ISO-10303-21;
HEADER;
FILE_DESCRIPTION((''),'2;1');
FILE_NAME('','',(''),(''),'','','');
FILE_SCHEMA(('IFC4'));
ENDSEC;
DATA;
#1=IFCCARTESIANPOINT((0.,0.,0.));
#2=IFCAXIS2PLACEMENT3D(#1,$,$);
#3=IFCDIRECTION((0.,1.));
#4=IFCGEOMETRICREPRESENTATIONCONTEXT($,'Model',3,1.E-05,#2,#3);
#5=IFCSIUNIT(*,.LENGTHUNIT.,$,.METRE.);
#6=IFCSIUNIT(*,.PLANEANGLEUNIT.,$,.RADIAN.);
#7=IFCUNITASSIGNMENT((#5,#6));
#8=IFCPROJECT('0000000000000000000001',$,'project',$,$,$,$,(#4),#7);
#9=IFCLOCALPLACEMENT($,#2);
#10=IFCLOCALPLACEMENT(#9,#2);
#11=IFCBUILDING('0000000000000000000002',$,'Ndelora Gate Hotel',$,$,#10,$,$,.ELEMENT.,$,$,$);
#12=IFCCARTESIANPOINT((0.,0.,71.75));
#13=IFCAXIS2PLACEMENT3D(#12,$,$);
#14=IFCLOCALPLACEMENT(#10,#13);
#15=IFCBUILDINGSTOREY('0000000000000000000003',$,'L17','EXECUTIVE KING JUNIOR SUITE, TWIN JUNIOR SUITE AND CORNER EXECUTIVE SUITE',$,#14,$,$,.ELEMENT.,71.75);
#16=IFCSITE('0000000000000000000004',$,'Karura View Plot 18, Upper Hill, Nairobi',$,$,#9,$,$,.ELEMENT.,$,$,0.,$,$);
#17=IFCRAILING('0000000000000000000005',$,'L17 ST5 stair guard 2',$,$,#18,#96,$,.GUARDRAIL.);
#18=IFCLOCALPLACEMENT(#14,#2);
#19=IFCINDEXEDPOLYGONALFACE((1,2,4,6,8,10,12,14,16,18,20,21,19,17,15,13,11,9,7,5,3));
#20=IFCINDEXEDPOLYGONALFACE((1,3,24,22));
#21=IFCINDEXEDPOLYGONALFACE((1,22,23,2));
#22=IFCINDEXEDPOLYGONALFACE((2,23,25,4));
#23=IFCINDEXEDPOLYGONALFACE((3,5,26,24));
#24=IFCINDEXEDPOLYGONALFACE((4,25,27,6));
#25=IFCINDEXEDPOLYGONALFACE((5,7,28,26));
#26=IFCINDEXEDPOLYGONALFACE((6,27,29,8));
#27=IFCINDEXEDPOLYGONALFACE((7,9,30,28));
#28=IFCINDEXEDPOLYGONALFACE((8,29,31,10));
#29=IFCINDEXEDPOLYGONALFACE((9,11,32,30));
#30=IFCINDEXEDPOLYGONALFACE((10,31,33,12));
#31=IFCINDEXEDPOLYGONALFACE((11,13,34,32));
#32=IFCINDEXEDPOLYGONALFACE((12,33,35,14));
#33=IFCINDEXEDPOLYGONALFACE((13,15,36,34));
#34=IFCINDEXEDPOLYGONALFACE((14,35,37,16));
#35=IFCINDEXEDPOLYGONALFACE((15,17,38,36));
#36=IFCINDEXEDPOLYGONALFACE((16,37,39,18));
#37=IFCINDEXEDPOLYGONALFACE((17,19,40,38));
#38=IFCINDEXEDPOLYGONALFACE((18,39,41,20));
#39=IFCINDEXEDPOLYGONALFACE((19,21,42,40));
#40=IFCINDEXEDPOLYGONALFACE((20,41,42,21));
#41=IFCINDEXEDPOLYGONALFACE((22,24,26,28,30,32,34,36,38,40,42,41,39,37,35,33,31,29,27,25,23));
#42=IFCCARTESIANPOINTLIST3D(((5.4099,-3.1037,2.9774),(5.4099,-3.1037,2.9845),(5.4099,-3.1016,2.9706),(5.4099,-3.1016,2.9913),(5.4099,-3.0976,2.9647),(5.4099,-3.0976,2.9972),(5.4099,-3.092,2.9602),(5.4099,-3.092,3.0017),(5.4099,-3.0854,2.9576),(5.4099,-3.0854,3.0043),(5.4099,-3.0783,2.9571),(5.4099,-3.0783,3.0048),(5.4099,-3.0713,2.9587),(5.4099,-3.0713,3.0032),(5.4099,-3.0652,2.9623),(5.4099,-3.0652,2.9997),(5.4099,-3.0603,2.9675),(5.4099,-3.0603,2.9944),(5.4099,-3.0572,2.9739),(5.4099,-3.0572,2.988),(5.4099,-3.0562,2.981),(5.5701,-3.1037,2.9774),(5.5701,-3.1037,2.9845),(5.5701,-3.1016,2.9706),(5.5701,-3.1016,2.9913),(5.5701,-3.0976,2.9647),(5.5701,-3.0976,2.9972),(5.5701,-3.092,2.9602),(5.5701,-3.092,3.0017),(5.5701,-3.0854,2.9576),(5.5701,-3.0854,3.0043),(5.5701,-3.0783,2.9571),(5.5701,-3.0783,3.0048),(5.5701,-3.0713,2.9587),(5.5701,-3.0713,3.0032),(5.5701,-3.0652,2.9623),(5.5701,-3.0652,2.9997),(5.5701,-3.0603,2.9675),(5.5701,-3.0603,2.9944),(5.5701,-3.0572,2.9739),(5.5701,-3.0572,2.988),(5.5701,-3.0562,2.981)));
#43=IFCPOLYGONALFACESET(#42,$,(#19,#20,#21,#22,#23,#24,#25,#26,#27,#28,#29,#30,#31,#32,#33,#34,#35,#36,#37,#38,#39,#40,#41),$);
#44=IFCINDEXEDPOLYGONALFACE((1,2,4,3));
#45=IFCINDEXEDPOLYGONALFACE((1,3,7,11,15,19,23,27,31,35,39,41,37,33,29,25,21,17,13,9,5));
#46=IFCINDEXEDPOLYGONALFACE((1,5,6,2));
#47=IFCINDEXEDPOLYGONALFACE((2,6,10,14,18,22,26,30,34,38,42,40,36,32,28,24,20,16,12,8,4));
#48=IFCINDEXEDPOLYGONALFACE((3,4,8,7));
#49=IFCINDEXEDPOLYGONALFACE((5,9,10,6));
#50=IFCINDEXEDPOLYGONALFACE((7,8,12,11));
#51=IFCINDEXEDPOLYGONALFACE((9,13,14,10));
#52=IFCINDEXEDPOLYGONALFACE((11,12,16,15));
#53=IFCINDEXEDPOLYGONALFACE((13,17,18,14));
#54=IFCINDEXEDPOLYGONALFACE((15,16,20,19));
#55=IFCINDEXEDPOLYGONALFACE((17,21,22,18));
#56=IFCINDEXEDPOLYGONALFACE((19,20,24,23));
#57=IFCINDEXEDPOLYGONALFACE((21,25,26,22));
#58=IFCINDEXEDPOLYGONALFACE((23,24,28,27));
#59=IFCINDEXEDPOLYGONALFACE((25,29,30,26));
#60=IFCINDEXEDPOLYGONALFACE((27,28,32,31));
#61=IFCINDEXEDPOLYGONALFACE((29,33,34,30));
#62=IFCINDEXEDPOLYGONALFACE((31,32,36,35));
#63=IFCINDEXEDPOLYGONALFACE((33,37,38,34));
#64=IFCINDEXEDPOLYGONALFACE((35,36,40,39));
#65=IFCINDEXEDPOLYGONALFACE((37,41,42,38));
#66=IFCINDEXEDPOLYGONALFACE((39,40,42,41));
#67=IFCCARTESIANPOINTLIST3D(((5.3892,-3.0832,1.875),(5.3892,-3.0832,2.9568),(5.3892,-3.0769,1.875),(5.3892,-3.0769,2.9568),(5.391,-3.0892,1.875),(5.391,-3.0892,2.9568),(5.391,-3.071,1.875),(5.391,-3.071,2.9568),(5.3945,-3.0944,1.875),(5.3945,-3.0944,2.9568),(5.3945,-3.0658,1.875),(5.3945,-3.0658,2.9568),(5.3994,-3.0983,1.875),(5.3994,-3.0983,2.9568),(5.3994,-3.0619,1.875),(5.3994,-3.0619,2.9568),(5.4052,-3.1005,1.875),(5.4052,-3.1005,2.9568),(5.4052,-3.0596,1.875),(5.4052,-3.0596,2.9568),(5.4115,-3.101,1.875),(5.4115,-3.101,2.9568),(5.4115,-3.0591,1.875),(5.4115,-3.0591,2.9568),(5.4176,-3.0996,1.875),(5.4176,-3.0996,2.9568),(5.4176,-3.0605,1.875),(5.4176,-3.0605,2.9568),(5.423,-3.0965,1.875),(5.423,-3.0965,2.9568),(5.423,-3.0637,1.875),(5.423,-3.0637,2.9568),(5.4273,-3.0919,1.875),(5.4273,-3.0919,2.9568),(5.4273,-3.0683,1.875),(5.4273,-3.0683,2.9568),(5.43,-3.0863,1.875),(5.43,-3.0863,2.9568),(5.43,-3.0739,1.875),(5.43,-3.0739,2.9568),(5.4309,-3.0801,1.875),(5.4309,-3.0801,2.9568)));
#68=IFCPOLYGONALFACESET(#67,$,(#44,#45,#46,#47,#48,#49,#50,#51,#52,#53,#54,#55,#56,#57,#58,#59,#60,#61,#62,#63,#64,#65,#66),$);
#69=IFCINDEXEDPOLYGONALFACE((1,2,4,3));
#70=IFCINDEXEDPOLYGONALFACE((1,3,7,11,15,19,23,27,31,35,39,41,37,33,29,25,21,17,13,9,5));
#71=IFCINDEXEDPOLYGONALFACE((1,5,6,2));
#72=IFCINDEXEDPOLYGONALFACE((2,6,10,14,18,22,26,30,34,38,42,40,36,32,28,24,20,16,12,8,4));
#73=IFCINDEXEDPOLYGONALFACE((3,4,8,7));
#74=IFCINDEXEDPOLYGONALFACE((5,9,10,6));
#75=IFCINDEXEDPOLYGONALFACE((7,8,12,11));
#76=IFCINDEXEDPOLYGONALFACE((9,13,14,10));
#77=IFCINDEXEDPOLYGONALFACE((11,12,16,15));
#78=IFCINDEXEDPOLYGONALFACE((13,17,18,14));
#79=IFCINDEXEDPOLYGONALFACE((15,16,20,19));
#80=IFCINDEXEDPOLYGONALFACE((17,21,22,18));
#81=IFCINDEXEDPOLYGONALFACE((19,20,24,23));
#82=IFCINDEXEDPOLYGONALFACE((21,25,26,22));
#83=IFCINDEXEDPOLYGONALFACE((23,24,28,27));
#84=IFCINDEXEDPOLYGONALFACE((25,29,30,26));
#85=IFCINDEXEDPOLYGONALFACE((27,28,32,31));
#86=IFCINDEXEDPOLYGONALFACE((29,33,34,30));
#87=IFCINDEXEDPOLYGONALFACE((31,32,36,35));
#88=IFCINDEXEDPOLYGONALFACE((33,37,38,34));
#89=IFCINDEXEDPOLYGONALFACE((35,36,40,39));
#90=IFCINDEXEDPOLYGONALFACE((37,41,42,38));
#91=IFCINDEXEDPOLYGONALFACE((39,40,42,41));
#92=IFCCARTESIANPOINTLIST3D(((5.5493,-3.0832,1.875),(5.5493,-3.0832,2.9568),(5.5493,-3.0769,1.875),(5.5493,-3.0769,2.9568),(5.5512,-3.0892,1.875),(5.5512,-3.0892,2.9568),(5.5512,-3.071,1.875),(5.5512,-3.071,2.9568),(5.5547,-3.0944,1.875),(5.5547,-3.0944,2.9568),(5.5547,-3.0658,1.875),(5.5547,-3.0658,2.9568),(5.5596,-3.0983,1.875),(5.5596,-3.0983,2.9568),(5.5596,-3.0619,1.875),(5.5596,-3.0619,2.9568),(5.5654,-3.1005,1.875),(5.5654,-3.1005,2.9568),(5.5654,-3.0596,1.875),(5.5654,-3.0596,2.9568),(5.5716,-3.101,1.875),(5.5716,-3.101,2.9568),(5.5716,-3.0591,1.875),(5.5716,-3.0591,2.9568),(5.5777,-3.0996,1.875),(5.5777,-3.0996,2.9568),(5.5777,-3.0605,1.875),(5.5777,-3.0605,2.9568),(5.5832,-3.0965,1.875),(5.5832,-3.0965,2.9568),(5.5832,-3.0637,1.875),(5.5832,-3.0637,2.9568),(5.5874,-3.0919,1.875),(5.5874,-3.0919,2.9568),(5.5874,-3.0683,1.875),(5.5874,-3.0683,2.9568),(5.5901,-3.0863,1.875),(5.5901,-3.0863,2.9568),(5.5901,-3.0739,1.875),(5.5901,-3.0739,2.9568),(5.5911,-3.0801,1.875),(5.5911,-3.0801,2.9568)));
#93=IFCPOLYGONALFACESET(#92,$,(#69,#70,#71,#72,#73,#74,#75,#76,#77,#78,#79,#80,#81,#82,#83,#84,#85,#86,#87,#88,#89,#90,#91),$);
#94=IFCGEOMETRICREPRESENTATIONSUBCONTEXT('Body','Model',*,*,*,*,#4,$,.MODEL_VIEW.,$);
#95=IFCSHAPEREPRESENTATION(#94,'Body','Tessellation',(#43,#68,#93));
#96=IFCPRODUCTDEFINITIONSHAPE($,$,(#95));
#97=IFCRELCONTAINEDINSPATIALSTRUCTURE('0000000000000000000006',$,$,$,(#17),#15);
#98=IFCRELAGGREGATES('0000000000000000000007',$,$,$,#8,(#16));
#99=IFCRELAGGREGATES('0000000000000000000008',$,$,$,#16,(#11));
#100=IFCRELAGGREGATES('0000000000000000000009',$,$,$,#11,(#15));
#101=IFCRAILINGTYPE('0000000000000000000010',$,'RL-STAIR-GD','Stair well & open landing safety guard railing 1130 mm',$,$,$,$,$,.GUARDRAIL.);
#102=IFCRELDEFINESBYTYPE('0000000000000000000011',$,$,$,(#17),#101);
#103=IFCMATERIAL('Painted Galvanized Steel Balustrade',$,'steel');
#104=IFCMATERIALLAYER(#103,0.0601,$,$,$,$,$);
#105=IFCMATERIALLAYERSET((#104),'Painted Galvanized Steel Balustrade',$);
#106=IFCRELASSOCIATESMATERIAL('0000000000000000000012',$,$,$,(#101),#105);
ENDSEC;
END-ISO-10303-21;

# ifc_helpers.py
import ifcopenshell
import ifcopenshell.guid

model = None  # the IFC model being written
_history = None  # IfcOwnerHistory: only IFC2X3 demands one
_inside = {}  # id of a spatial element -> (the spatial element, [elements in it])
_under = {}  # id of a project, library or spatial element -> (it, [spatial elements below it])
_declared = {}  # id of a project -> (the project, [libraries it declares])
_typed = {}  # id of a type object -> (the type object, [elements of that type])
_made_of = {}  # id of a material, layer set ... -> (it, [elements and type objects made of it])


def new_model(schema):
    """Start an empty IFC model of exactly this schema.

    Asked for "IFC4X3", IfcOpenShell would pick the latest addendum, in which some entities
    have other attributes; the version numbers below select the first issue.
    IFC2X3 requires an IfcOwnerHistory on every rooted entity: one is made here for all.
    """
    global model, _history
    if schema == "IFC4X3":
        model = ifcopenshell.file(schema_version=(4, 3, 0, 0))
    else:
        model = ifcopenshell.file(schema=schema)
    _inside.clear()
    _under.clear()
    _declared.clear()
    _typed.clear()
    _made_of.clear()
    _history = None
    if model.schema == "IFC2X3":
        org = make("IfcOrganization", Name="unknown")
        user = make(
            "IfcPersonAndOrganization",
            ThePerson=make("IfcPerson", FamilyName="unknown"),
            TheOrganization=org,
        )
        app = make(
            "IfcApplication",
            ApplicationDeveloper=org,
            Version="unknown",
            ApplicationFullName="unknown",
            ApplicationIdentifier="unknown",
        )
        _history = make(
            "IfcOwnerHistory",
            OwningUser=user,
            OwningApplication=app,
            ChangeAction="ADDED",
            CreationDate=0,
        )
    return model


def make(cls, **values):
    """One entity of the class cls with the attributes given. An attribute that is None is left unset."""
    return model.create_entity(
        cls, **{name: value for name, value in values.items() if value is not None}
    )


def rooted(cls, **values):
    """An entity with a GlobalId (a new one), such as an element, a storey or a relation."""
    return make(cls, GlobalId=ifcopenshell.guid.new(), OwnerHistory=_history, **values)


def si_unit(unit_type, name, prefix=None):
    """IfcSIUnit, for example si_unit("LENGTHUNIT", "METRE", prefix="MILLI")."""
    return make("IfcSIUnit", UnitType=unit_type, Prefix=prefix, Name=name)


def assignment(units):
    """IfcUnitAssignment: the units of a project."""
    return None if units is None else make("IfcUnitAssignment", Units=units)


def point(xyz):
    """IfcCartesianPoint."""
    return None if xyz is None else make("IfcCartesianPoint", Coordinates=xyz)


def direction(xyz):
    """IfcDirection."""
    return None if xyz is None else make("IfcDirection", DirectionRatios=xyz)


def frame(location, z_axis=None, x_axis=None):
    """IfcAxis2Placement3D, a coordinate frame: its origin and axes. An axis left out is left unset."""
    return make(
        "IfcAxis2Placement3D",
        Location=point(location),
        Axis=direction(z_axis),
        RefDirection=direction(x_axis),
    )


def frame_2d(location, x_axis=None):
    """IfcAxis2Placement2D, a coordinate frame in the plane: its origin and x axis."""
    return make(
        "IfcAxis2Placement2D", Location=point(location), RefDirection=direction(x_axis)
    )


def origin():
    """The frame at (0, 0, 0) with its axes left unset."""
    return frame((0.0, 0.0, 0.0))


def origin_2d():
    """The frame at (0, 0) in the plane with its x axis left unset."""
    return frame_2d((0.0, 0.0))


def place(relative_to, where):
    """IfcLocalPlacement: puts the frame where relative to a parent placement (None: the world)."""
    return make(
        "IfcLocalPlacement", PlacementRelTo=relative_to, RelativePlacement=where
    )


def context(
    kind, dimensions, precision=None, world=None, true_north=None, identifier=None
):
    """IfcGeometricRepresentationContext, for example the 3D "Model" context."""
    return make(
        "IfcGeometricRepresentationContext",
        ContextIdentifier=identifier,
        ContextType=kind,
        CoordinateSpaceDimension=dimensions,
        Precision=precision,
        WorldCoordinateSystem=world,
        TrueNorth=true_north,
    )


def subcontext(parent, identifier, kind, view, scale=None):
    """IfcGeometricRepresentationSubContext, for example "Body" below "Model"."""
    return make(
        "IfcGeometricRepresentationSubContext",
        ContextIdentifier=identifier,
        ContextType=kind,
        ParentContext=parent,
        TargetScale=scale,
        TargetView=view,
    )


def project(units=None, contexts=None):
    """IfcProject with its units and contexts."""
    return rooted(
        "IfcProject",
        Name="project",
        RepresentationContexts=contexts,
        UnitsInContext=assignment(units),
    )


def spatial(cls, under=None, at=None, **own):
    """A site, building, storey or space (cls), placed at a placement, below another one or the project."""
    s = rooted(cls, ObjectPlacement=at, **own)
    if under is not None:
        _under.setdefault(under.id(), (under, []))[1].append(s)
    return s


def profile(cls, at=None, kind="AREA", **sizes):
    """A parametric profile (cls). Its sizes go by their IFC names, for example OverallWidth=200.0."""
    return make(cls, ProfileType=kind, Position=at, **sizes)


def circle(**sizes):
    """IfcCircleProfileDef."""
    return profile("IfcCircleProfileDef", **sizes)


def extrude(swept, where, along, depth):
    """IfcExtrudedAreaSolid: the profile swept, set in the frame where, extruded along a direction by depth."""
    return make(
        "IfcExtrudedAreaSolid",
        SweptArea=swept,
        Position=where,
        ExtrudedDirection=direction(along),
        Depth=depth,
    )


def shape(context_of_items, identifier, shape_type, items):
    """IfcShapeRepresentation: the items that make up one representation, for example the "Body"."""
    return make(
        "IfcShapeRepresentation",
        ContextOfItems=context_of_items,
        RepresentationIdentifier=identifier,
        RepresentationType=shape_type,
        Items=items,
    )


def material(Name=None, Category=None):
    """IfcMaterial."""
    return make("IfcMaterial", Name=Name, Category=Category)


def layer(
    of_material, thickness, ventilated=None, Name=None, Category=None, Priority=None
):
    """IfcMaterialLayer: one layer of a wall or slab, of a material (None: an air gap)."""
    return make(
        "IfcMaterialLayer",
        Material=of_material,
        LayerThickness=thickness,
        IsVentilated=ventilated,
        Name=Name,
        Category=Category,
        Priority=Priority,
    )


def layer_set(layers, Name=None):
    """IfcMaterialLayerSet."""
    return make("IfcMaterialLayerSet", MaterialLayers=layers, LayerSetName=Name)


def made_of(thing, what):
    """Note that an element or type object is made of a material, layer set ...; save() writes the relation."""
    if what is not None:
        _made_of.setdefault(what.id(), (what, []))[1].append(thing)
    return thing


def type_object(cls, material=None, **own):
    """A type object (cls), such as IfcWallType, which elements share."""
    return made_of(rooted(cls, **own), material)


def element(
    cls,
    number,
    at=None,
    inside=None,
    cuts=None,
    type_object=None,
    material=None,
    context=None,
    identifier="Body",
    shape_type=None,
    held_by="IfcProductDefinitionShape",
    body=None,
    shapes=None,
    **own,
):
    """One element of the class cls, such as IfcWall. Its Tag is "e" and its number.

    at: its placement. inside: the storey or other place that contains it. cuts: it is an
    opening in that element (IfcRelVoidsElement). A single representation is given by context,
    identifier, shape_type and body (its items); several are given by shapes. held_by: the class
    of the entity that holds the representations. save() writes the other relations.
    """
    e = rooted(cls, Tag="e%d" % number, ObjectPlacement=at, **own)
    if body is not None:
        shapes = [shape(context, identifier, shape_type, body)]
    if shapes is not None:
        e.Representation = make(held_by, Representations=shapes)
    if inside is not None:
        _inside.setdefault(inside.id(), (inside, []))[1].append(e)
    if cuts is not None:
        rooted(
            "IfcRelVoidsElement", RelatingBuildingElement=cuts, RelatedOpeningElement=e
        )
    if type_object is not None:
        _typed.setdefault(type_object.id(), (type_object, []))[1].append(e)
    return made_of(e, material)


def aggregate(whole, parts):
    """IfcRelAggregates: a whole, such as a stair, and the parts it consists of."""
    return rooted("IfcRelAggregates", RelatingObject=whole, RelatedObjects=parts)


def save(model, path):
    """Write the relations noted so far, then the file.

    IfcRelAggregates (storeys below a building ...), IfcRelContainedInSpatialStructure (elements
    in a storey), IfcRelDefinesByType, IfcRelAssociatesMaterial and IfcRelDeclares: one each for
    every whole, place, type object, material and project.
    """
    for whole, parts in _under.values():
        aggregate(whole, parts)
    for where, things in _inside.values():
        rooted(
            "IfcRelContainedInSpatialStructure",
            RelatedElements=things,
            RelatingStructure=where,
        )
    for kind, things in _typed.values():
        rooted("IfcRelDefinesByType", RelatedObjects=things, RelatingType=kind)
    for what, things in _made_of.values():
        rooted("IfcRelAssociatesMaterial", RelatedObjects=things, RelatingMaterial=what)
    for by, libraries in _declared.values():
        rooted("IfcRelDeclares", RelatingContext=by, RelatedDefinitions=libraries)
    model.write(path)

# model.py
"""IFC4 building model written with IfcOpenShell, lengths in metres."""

from ifc_helpers import new_model, si_unit, direction, frame, origin, origin_2d, place, context, subcontext, project, spatial, circle, extrude, material, layer, layer_set, type_object, element, save


model = new_model("IFC4")

# Units and contexts
model_context = context("Model", 3, precision=1e-05, world=origin(), true_north=direction((0.0, 1.0)))
body_context = subcontext(model_context, "Body", "Model", "MODEL_VIEW")
ifc_project = project(units=[si_unit("LENGTHUNIT", "METRE"), si_unit("PLANEANGLEUNIT", "RADIAN")], contexts=[model_context])

# Site, building, storey
site_placement = place(None, origin())
site = spatial("IfcSite", under=ifc_project, at=site_placement, Name="Karura View Plot 18, Upper Hill, Nairobi", CompositionType="ELEMENT", RefElevation=0.0)
building_placement = place(site_placement, origin())
building = spatial("IfcBuilding", under=site, at=building_placement, Name="Ndelora Gate Hotel", CompositionType="ELEMENT")
storey_placement = place(building_placement, frame((0.0, 0.0, 71.75)))
storey = spatial("IfcBuildingStorey", under=building, at=storey_placement, Name="L17", Description="EXECUTIVE KING JUNIOR SUITE, TWIN JUNIOR SUITE AND CORNER EXECUTIVE SUITE", CompositionType="ELEMENT", Elevation=71.75)

# Railing
ifc_material_1 = material(Name="Painted Galvanized Steel Balustrade", Category="steel")
ifc_layer_1 = layer(ifc_material_1, 0.0601)
ifc_layer_set_1 = layer_set([ifc_layer_1], Name="Painted Galvanized Steel Balustrade")
railing_type = type_object("IfcRailingType", Name="RL-STAIR-GD", Description="Stair well & open landing safety guard railing 1130 mm", PredefinedType="GUARDRAIL", material=ifc_layer_set_1)
railing_1_placement = place(storey_placement, frame((5.4099, -3.0801, 1.875)))
element("IfcRailing", 1, at=railing_1_placement, inside=storey, type_object=railing_type, Name="L17 ST5 stair guard 2", PredefinedType="GUARDRAIL", context=body_context, shape_type="SweptSolid", body=[
    extrude(circle(Radius=0.0239, at=origin_2d()), frame((0.0, 0.0, 1.106), z_axis=(1.0, 0.0, 0.0), x_axis=(0.0, 1.0, 0.0)), (0.0, 0.0, 1.0), 0.1602),
    extrude(circle(Radius=0.021, at=origin_2d()), origin(), (0.0, 0.0, 1.0), 1.0818),
    extrude(circle(Radius=0.021, at=origin_2d()), frame((0.1602, 0.0, 0.0)), (0.0, 0.0, 1.0), 1.0818),
])

save(model, "model.ifc")
